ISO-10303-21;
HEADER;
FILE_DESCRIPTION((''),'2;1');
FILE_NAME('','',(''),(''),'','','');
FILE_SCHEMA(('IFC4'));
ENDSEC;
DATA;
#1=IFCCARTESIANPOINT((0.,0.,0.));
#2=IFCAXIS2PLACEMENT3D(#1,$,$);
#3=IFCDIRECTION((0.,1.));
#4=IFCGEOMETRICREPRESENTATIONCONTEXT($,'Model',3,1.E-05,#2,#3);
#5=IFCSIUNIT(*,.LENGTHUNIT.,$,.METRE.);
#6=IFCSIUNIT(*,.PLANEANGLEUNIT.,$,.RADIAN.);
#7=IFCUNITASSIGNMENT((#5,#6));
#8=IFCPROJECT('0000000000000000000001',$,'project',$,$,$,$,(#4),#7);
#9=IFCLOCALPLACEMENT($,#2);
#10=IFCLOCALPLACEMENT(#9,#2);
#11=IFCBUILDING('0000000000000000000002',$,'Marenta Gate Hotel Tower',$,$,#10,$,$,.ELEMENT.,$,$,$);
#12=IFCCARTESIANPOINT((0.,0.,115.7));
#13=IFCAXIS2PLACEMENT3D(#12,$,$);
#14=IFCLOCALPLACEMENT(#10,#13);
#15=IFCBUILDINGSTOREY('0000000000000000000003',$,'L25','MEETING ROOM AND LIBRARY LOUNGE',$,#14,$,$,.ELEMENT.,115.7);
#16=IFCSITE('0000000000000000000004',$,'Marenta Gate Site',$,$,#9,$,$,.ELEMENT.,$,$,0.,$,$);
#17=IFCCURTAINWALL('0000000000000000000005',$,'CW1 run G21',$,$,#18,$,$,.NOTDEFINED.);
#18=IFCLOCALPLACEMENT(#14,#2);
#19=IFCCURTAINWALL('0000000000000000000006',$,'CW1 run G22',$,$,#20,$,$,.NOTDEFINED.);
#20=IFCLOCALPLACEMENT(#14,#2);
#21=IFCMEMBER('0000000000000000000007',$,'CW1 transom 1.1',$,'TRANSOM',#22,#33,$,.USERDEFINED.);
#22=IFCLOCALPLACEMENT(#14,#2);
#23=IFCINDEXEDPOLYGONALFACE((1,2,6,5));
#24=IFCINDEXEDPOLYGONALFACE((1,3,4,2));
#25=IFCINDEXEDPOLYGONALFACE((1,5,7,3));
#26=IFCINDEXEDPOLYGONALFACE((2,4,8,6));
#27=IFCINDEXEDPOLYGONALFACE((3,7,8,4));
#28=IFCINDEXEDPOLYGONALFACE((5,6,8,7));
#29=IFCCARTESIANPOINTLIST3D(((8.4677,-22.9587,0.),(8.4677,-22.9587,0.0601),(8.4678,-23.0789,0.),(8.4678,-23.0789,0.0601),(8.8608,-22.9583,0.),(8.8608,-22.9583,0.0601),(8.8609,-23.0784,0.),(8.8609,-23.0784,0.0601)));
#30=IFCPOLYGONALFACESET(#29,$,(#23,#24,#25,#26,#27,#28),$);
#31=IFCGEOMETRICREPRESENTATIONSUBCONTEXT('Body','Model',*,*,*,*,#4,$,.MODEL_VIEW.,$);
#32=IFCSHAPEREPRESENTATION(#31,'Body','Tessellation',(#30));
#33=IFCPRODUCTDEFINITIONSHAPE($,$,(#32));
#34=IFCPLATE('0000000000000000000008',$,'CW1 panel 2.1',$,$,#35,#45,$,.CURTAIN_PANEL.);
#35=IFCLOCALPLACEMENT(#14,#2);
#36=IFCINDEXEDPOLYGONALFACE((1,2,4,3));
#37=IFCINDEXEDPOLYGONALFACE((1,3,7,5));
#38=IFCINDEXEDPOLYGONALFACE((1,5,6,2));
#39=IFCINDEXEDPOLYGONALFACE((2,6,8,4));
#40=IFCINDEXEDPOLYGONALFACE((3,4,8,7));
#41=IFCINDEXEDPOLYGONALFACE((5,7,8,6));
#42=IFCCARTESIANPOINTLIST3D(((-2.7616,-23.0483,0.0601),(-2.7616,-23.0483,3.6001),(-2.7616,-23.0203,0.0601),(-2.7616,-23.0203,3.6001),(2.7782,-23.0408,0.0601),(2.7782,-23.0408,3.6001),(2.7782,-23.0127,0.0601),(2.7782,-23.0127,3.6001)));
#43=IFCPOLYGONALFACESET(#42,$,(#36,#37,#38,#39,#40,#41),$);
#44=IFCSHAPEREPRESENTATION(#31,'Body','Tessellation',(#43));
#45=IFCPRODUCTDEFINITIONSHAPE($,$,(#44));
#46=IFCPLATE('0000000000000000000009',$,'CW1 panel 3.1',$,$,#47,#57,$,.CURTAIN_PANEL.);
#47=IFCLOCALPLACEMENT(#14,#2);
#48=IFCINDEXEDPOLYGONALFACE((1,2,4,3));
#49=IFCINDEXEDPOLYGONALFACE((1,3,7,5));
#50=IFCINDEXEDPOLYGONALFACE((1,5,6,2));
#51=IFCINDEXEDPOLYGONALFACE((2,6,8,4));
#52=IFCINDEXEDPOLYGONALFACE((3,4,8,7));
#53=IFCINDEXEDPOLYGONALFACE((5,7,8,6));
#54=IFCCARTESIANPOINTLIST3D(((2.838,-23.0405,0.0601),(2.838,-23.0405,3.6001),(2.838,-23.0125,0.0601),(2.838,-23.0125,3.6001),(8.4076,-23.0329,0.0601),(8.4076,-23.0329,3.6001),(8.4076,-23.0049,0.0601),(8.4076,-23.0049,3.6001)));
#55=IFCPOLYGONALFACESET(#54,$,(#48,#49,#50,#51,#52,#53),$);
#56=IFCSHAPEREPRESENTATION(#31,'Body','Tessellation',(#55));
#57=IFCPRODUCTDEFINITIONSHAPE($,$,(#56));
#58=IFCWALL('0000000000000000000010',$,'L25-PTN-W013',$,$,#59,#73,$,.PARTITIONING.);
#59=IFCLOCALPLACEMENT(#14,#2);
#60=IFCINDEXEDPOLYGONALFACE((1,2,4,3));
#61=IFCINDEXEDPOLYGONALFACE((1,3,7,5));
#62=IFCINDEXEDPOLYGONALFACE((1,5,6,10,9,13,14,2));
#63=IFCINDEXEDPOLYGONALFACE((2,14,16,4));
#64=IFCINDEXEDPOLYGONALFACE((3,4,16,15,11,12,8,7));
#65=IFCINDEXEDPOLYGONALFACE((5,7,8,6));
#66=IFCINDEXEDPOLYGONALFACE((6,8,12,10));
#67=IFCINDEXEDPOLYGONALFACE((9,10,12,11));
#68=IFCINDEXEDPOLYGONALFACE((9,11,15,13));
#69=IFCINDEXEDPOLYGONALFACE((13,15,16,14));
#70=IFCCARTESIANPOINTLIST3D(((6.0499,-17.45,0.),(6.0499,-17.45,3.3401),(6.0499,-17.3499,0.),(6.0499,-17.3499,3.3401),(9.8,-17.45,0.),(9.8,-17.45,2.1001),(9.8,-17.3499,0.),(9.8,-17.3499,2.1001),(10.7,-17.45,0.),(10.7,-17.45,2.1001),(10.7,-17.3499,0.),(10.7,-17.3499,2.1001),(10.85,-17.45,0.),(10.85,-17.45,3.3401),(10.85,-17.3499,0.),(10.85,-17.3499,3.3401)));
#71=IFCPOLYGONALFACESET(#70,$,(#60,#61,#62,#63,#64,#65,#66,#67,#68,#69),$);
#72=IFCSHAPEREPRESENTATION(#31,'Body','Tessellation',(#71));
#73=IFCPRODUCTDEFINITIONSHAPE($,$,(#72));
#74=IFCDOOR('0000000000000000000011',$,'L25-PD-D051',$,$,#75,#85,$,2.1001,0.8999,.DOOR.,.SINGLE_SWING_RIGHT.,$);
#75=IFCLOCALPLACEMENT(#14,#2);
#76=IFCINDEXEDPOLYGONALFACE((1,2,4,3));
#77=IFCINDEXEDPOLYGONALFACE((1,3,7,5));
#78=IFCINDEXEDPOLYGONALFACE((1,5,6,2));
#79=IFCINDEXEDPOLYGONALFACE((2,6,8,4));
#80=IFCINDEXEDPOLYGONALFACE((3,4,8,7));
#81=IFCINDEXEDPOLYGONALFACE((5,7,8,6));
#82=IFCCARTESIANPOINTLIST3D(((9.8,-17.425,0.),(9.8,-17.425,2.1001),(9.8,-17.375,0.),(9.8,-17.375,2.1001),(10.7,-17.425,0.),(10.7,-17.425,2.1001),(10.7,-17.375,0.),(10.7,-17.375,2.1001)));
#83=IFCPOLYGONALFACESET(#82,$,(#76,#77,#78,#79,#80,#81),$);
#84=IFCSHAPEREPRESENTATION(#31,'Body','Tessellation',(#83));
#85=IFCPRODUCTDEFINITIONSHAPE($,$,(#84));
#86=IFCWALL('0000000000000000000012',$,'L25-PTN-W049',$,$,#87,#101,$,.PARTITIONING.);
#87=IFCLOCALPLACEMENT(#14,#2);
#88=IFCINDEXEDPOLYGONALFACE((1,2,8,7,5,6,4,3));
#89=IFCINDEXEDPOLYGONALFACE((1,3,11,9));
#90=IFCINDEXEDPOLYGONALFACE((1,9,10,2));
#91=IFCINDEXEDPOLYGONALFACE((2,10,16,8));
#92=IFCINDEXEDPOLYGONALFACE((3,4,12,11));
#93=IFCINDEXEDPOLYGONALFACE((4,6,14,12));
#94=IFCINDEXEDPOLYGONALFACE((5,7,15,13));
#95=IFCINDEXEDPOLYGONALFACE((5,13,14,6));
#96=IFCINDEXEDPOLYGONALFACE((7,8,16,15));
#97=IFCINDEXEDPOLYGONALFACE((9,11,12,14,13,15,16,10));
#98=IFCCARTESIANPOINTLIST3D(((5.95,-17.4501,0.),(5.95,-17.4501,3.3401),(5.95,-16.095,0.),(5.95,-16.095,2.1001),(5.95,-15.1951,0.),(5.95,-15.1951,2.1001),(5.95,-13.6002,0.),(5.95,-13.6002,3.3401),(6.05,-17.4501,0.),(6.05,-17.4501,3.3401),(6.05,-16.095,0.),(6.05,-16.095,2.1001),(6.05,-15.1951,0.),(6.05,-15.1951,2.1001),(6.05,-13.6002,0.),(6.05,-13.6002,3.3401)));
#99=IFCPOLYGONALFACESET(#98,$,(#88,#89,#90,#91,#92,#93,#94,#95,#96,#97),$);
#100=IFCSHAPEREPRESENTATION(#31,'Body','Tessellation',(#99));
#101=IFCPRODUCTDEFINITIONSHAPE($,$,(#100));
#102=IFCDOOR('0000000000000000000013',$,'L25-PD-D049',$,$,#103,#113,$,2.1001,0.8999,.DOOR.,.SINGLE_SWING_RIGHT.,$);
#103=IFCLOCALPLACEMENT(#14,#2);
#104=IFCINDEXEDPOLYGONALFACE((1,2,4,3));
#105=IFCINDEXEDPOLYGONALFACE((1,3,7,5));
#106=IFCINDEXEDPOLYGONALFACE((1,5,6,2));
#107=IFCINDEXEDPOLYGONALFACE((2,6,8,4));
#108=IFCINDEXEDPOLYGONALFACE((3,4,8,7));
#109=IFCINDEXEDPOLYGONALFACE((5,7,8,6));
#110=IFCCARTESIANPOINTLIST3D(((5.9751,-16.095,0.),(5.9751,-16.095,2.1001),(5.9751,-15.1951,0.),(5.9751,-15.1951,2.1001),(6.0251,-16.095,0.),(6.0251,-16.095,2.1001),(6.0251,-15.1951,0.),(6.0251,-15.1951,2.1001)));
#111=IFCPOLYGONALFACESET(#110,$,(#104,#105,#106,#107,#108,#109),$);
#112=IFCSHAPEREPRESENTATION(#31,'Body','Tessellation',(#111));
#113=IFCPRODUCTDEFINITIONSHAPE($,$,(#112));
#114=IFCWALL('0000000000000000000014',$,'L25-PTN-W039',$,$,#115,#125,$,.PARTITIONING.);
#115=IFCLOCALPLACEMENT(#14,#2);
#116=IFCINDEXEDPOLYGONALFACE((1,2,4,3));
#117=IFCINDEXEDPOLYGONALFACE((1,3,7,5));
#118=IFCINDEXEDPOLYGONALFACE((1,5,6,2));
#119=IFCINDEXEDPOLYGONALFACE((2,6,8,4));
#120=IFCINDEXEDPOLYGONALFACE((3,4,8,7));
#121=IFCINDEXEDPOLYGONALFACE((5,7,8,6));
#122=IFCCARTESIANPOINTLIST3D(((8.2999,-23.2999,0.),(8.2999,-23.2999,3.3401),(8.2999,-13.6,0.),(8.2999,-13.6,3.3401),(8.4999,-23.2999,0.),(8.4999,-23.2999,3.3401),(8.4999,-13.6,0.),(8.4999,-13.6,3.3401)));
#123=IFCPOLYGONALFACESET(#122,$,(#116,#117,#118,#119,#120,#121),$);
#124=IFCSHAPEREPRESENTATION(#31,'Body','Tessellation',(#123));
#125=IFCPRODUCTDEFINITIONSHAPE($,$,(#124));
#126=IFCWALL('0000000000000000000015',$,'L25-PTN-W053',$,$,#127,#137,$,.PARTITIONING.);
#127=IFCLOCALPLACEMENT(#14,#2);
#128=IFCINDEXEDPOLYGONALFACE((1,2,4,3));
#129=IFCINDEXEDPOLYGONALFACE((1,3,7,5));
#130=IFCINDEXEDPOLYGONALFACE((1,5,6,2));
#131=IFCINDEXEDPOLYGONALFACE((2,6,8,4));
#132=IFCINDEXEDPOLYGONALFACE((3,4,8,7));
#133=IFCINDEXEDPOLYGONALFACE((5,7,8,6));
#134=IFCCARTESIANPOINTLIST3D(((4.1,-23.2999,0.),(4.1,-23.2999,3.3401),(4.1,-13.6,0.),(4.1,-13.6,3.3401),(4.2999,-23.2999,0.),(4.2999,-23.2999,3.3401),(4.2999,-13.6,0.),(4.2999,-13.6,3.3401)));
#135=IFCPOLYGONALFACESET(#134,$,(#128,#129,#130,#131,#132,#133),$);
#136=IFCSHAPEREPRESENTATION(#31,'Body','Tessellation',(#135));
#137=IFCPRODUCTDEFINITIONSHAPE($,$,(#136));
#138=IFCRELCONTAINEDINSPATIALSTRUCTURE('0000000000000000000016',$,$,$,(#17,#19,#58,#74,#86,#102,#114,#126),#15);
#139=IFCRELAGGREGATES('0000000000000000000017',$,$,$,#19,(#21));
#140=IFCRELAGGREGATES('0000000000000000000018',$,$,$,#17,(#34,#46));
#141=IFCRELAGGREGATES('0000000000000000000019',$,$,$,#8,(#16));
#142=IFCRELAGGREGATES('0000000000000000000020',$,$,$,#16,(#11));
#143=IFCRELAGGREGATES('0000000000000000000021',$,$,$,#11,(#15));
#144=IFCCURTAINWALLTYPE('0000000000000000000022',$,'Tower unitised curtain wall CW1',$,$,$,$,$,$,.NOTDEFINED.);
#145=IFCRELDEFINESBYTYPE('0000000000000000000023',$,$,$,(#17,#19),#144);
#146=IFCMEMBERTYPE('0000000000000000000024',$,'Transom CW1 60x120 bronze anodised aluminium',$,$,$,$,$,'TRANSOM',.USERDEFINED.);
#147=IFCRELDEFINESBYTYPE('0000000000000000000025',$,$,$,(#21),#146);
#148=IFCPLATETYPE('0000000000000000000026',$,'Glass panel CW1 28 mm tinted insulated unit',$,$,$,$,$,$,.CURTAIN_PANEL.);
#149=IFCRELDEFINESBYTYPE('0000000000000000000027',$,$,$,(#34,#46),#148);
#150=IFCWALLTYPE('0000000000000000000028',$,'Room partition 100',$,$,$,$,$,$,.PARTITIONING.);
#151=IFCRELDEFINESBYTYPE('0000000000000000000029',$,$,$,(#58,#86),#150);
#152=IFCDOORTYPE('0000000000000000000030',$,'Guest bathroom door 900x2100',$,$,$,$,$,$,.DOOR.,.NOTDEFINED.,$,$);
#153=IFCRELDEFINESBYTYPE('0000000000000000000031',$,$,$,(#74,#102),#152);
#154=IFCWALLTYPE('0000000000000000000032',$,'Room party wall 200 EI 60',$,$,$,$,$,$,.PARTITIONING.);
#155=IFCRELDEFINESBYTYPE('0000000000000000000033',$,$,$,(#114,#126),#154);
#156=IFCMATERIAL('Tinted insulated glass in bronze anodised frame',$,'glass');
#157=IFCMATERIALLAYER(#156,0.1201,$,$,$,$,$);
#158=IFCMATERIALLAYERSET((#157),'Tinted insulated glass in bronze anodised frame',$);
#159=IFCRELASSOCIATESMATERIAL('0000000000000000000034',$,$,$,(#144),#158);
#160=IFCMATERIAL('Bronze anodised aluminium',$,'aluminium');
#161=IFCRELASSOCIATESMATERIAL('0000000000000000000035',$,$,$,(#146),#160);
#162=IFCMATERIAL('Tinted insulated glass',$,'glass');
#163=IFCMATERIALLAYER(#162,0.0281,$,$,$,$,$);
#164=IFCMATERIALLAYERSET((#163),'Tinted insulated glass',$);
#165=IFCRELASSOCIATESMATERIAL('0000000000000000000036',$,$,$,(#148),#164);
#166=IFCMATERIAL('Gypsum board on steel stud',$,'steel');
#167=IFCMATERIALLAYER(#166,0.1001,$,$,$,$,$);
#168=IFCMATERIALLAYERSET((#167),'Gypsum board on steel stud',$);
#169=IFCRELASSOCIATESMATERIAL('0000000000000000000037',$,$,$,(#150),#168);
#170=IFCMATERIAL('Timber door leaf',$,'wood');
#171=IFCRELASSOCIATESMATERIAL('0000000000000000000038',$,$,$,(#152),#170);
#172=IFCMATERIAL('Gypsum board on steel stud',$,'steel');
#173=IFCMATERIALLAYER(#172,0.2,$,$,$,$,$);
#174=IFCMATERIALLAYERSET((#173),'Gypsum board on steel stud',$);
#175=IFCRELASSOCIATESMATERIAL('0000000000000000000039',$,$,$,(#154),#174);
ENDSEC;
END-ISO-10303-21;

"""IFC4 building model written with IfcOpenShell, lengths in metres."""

from ifc_helpers import new_model, si_unit, direction, frame, frame_2d, origin, origin_2d, place, context, subcontext, project, spatial, rectangle, extrude, material, layer, layer_set, material_profile, profile_set, type_object, element, fill, aggregate, save


model = new_model("IFC4")

# Units and contexts
model_context = context("Model", 3, precision=1e-05, world=origin(), true_north=direction((0.0, 1.0)))
body_context = subcontext(model_context, "Body", "Model", "MODEL_VIEW")
ifc_project = project(units=[si_unit("LENGTHUNIT", "METRE"), si_unit("PLANEANGLEUNIT", "RADIAN")], contexts=[model_context])

# Site, building, storey
site_placement = place(None, origin())
site = spatial("IfcSite", under=ifc_project, at=site_placement, Name="Marenta Gate Site", CompositionType="ELEMENT", RefElevation=0.0)
building_placement = place(site_placement, origin())
building = spatial("IfcBuilding", under=site, at=building_placement, Name="Marenta Gate Hotel Tower", CompositionType="ELEMENT")
storey_placement = place(building_placement, frame((0.0, 0.0, 115.7)))
storey = spatial("IfcBuildingStorey", under=building, at=storey_placement, Name="L25", Description="MEETING ROOM AND LIBRARY LOUNGE", CompositionType="ELEMENT", Elevation=115.7)

# Curtain walls
ifc_material_1 = material(Name="Tinted insulated glass in bronze anodised frame", Category="glass")
ifc_layer_1 = layer(ifc_material_1, 0.1201)
ifc_layer_set_1 = layer_set([ifc_layer_1], Name="Tinted insulated glass in bronze anodised frame")
curtain_wall_type = type_object("IfcCurtainWallType", Name="Tower unitised curtain wall CW1", PredefinedType="NOTDEFINED", material=ifc_layer_set_1)
curtain_wall_1_placement = place(storey_placement, origin())
curtain_wall_1 = element("IfcCurtainWall", 1, at=curtain_wall_1_placement, inside=storey, type_object=curtain_wall_type, Name="CW1 run G21", PredefinedType="NOTDEFINED")
curtain_wall_2_placement = place(storey_placement, origin())
curtain_wall_2 = element("IfcCurtainWall", 2, at=curtain_wall_2_placement, inside=storey, type_object=curtain_wall_type, Name="CW1 run G22", PredefinedType="NOTDEFINED")

# Member
ifc_material_2 = material(Name="Bronze anodised aluminium", Category="aluminium")
ifc_material_profile_1 = material_profile(ifc_material_2, rectangle(XDim=0.1201, YDim=0.0601, at=origin_2d()), Name="Transom CW1 60x120 bronze anodised aluminium")
ifc_profile_set_1 = profile_set([ifc_material_profile_1], Name="Bronze anodised aluminium")
member_type_1 = type_object("IfcMemberType", Name="Transom CW1 60x120 bronze anodised aluminium", ElementType="TRANSOM", PredefinedType="USERDEFINED", material=ifc_profile_set_1)
member_1_placement = place(storey_placement, frame((8.4678, -23.0188, 0.03), z_axis=(0.999999, 0.001242, 0.0), x_axis=(-0.001242, 0.999999, 0.0)))
member_1 = element("IfcMember", 3, at=member_1_placement, type_object=member_type_1, Name="CW1 transom 1.1", ObjectType="TRANSOM", PredefinedType="USERDEFINED", context=body_context, shape_type="SweptSolid", body=[
    extrude(rectangle(XDim=0.1201, YDim=0.0601, at=origin_2d()), origin(), (0.0, 0.0, 1.0), 0.3931),
])
aggregate(curtain_wall_2, [member_1])

# Plates
ifc_material_3 = material(Name="Tinted insulated glass", Category="glass")
ifc_layer_2 = layer(ifc_material_3, 0.0281)
ifc_layer_set_2 = layer_set([ifc_layer_2], Name="Tinted insulated glass")
plate_type = type_object("IfcPlateType", Name="Glass panel CW1 28 mm tinted insulated unit", PredefinedType="CURTAIN_PANEL", material=ifc_layer_set_2)
plate_1_placement = place(storey_placement, frame((0.0083, -23.0305, 0.0601), z_axis=(0.0, 0.0, 1.0), x_axis=(0.999999, 0.001363, 0.0)))
plate_1 = element("IfcPlate", 4, at=plate_1_placement, type_object=plate_type, Name="CW1 panel 2.1", PredefinedType="CURTAIN_PANEL", context=body_context, shape_type="SweptSolid", body=[
    extrude(rectangle(XDim=5.5398, YDim=0.0281, at=origin_2d()), origin(), (0.0, 0.0, 1.0), 3.54),
])
plate_2_placement = place(storey_placement, frame((5.6228, -23.0227, 0.0601), z_axis=(0.0, 0.0, 1.0), x_axis=(0.999999, 0.001363, 0.0)))
plate_2 = element("IfcPlate", 5, at=plate_2_placement, type_object=plate_type, Name="CW1 panel 3.1", PredefinedType="CURTAIN_PANEL", context=body_context, shape_type="SweptSolid", body=[
    extrude(rectangle(XDim=5.5696, YDim=0.0281, at=origin_2d()), origin(), (0.0, 0.0, 1.0), 3.54),
])
aggregate(curtain_wall_1, [plate_1, plate_2])

# Walls, openings, doors
ifc_material_4 = material(Name="Gypsum board on steel stud", Category="steel")
ifc_layer_3 = layer(ifc_material_4, 0.1001)
ifc_layer_set_3 = layer_set([ifc_layer_3], Name="Gypsum board on steel stud")
wall_type_1 = type_object("IfcWallType", Name="Room partition 100", PredefinedType="PARTITIONING", material=ifc_layer_set_3)
wall_1_placement = place(storey_placement, frame((6.05, -17.3999, 0.0), z_axis=(0.0, 0.0, 1.0), x_axis=(1.0, 0.0, 0.0)))
wall_1 = element("IfcWall", 6, at=wall_1_placement, inside=storey, type_object=wall_type_1, Name="L25-PTN-W013", PredefinedType="PARTITIONING", context=body_context, shape_type="SweptSolid", body=[
    extrude(rectangle(XDim=4.8, YDim=0.1001, at=frame_2d((2.3999, 0.0))), origin(), (0.0, 0.0, 1.0), 3.3401),
])
opening_1_placement = place(wall_1_placement, frame((3.75, 0.0, 0.0)))
opening_1 = element("IfcOpeningElement", 7, at=opening_1_placement, cuts=wall_1, PredefinedType="OPENING", context=body_context, shape_type="SweptSolid", body=[
    extrude(rectangle(XDim=0.8999, YDim=2.1001, at=frame_2d((0.45, 1.05))), frame((0.0, 0.05, 0.0), z_axis=(0.0, -1.0, 0.0), x_axis=(1.0, 0.0, 0.0)), (0.0, 0.0, 1.0), 0.1001),
])
ifc_material_5 = material(Name="Timber door leaf", Category="wood")
door_type = type_object("IfcDoorType", Name="Guest bathroom door 900x2100", OperationType="NOTDEFINED", PredefinedType="DOOR", material=ifc_material_5)
door_1_placement = place(opening_1_placement, origin())
door_1 = element("IfcDoor", 8, at=door_1_placement, inside=storey, type_object=door_type, Name="L25-PD-D051", OperationType="SINGLE_SWING_RIGHT", OverallHeight=2.1001, OverallWidth=0.8999, PredefinedType="DOOR", context=body_context, shape_type="SweptSolid", body=[
    extrude(rectangle(XDim=0.8999, YDim=2.1001, at=frame_2d((0.45, 1.05))), frame((0.0, 0.0249, 0.0), z_axis=(0.0, -1.0, 0.0), x_axis=(1.0, 0.0, 0.0)), (0.0, 0.0, 1.0), 0.05),
])
fill(opening_1, door_1)
wall_2_placement = place(storey_placement, frame((6.0, -17.45, 0.0), z_axis=(0.0, 0.0, 1.0), x_axis=(0.0, 1.0, 0.0)))
wall_2 = element("IfcWall", 9, at=wall_2_placement, inside=storey, type_object=wall_type_1, Name="L25-PTN-W049", PredefinedType="PARTITIONING", context=body_context, shape_type="SweptSolid", body=[
    extrude(rectangle(XDim=3.8499, YDim=0.1001, at=frame_2d((1.9248, 0.0))), origin(), (0.0, 0.0, 1.0), 3.3401),
])
opening_2_placement = place(wall_2_placement, frame((1.355, 0.0, 0.0)))
opening_2 = element("IfcOpeningElement", 10, at=opening_2_placement, cuts=wall_2, PredefinedType="OPENING", context=body_context, shape_type="SweptSolid", body=[
    extrude(rectangle(XDim=0.8999, YDim=2.1001, at=frame_2d((0.45, 1.05))), frame((0.0, 0.05, 0.0), z_axis=(0.0, -1.0, 0.0), x_axis=(1.0, 0.0, 0.0)), (0.0, 0.0, 1.0), 0.1001),
])
door_2_placement = place(opening_2_placement, origin())
door_2 = element("IfcDoor", 11, at=door_2_placement, inside=storey, type_object=door_type, Name="L25-PD-D049", OperationType="SINGLE_SWING_RIGHT", OverallHeight=2.1001, OverallWidth=0.8999, PredefinedType="DOOR", context=body_context, shape_type="SweptSolid", body=[
    extrude(rectangle(XDim=0.8999, YDim=2.1001, at=frame_2d((0.45, 1.05))), frame((0.0, 0.0249, 0.0), z_axis=(0.0, -1.0, 0.0), x_axis=(1.0, 0.0, 0.0)), (0.0, 0.0, 1.0), 0.05),
])
fill(opening_2, door_2)

# Walls
ifc_material_6 = material(Name="Gypsum board on steel stud", Category="steel")
ifc_layer_4 = layer(ifc_material_6, 0.2)
ifc_layer_set_4 = layer_set([ifc_layer_4], Name="Gypsum board on steel stud")
wall_type_2 = type_object("IfcWallType", Name="Room party wall 200 EI 60", PredefinedType="PARTITIONING", material=ifc_layer_set_4)
for number, where, z_axis, x_axis, name in (
    (12, (8.3999, -23.3, 0.0), (0.0, 0.0, 1.0), (0.0, 1.0, 0.0), "L25-PTN-W039"),
    (13, (4.2, -23.3, 0.0), (0.0, 0.0, 1.0), (0.0, 1.0, 0.0), "L25-PTN-W053"),
):
    element("IfcWall", number, at=place(storey_placement, frame(where, z_axis=z_axis, x_axis=x_axis)), inside=storey, type_object=wall_type_2, Name=name, PredefinedType="PARTITIONING", context=body_context, shape_type="SweptSolid", body=[
        extrude(rectangle(XDim=9.7, YDim=0.2, at=frame_2d((4.8501, 0.0))), origin(), (0.0, 0.0, 1.0), 3.3401),
    ])

save(model, "model.ifc")
